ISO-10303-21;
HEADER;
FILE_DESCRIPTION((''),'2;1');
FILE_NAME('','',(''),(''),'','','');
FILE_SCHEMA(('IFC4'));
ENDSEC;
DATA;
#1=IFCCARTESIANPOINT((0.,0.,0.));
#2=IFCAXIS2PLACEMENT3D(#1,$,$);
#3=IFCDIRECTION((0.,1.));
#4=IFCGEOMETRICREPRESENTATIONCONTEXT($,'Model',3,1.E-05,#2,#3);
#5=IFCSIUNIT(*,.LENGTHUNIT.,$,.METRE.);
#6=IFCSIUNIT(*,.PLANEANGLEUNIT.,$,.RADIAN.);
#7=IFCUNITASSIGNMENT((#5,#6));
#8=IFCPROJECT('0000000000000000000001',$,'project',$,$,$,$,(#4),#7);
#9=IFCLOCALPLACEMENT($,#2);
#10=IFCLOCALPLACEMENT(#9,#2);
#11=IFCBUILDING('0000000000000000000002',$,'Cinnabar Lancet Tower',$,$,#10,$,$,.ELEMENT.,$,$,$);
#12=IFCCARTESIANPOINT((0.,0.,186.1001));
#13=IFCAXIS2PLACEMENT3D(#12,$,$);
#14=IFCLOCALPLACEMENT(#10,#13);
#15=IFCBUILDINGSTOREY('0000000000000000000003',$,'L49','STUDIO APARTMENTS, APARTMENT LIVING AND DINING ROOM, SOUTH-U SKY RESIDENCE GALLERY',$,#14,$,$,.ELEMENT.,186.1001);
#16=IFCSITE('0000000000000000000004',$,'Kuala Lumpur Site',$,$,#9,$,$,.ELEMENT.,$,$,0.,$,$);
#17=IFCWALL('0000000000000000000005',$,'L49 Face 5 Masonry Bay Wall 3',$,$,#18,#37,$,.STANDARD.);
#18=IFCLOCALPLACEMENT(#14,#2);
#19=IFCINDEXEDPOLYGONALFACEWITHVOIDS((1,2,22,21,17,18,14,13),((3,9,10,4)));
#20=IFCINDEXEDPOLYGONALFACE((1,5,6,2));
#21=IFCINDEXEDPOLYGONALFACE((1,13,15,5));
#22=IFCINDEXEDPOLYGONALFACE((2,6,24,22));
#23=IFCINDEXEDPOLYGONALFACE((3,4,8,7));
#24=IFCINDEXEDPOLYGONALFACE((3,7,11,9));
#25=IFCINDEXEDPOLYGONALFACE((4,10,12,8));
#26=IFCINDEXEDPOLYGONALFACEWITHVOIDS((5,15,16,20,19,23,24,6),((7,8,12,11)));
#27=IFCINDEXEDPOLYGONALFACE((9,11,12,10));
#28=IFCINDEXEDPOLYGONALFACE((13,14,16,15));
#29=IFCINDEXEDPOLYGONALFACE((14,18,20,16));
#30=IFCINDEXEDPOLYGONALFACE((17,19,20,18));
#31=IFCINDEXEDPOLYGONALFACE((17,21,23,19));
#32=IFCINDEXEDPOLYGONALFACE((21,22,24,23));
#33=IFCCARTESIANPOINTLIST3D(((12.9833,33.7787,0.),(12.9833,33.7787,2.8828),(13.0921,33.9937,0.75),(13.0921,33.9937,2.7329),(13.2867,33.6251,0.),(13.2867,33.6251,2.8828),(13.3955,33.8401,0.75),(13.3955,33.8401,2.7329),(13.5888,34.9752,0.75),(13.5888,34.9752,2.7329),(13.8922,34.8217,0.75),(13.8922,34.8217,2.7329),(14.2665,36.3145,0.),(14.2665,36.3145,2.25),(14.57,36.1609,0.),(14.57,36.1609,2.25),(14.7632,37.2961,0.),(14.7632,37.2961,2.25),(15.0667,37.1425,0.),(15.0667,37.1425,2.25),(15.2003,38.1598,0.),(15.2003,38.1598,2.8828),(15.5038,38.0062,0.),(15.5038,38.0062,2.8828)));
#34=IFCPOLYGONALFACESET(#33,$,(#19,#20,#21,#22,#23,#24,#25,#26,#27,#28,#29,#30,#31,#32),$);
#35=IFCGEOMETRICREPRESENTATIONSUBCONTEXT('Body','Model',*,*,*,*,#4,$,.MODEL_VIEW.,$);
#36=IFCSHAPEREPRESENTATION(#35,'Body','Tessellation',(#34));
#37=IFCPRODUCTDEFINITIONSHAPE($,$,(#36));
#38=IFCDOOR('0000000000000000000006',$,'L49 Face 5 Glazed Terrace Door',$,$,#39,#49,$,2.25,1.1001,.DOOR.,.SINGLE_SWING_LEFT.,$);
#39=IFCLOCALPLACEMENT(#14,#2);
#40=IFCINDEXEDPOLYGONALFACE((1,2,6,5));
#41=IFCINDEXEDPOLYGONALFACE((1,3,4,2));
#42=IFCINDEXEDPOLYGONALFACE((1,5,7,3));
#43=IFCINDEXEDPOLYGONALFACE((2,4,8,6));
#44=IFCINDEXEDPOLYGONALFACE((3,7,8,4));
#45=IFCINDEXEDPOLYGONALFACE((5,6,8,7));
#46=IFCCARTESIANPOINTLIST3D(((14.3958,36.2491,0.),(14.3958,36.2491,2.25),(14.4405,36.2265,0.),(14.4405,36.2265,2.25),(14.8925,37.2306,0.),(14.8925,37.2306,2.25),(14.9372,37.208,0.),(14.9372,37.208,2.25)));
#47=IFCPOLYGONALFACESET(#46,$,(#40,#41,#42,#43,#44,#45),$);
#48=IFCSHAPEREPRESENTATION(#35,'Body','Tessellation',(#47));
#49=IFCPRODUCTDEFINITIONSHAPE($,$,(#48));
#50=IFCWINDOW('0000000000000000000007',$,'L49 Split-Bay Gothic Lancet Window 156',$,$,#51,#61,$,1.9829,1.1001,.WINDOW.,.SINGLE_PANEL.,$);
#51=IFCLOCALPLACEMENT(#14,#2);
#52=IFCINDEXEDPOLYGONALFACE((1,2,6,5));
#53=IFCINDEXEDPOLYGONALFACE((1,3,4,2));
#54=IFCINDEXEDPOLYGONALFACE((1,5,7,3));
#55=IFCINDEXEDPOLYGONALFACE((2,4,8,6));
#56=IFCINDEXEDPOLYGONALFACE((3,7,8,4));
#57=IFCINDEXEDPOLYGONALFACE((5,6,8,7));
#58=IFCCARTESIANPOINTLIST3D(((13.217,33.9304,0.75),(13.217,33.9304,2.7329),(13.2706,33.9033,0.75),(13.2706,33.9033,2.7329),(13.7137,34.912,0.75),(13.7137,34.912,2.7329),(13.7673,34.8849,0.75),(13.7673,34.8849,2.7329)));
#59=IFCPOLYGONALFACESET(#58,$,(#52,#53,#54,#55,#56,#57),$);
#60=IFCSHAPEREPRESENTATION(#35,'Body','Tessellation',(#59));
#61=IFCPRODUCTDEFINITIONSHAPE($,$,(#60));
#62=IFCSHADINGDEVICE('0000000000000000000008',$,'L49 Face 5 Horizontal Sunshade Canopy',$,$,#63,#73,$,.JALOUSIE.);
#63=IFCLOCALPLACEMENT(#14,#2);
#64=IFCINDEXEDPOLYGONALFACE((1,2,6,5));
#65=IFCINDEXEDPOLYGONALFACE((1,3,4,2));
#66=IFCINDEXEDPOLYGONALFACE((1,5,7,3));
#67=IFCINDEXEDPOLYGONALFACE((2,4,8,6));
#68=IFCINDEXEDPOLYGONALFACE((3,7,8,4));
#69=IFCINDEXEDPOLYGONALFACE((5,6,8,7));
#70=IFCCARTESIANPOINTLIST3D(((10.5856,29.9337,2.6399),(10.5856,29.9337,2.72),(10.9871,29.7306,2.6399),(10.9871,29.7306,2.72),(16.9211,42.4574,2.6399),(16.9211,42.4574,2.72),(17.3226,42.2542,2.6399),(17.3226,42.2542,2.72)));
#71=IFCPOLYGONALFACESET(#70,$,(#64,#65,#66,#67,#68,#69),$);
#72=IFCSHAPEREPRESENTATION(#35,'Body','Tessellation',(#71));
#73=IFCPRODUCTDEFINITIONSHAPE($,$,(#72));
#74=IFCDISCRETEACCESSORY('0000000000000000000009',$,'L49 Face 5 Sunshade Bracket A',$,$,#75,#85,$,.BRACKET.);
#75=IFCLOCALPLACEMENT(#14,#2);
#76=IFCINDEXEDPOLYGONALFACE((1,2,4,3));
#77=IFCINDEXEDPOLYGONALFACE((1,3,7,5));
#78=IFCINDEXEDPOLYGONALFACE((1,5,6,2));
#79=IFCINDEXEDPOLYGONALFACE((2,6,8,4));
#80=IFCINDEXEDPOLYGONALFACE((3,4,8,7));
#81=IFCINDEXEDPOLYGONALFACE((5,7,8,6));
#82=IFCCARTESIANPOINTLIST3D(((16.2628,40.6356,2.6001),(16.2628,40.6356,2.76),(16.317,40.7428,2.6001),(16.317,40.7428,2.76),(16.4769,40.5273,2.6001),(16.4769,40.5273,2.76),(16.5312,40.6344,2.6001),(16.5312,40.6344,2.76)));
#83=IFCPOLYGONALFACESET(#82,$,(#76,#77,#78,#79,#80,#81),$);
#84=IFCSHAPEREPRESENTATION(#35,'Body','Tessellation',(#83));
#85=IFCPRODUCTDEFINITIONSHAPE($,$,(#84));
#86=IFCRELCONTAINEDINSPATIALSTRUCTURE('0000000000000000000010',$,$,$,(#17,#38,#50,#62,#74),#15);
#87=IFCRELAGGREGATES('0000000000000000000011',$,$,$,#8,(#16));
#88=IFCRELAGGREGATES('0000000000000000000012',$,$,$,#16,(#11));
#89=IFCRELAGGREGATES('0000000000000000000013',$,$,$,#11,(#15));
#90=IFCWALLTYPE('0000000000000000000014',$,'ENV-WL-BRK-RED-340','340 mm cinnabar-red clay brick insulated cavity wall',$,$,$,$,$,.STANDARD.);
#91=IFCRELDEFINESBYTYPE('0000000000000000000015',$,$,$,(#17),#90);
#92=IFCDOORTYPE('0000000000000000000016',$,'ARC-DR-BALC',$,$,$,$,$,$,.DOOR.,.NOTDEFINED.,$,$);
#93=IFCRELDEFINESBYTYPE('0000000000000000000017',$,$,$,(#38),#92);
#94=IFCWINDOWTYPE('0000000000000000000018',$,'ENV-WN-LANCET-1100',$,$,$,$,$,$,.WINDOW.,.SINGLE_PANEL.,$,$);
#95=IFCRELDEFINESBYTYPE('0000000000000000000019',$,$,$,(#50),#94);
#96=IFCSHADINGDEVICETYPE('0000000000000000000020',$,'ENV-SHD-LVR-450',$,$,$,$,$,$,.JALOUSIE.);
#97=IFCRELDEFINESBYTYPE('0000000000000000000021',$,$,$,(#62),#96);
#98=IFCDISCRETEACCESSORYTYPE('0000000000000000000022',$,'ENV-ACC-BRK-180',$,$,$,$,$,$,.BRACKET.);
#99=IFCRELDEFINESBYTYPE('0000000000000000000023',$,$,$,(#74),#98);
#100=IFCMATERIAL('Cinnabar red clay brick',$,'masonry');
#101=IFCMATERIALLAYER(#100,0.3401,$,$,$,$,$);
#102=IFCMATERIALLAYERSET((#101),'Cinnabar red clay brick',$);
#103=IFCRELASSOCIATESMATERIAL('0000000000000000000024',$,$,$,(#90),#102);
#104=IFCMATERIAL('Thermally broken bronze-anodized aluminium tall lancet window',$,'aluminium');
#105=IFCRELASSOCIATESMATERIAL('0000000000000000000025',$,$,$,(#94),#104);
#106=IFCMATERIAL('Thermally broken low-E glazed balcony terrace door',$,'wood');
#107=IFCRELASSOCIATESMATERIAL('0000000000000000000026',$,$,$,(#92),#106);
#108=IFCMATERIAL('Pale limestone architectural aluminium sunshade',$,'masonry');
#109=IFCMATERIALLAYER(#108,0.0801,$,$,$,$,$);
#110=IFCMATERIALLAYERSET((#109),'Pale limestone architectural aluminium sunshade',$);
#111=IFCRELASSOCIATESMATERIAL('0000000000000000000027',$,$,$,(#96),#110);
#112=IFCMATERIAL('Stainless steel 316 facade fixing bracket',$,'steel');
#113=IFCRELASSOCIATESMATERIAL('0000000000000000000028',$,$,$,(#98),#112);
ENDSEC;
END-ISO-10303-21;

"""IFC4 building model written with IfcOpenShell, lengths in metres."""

from ifc_helpers import new_model, si_unit, direction, frame, frame_2d, origin, origin_2d, place, context, subcontext, project, spatial, rectangle, extrude, material, layer, layer_set, type_object, element, fill, save


model = new_model("IFC4")

# Units and contexts
model_context = context("Model", 3, precision=1e-05, world=origin(), true_north=direction((0.0, 1.0)))
body_context = subcontext(model_context, "Body", "Model", "MODEL_VIEW")
ifc_project = project(units=[si_unit("LENGTHUNIT", "METRE"), si_unit("PLANEANGLEUNIT", "RADIAN")], contexts=[model_context])

# Site, building, storey
site_placement = place(None, origin())
site = spatial("IfcSite", under=ifc_project, at=site_placement, Name="Kuala Lumpur Site", CompositionType="ELEMENT", RefElevation=0.0)
building_placement = place(site_placement, origin())
building = spatial("IfcBuilding", under=site, at=building_placement, Name="Cinnabar Lancet Tower", CompositionType="ELEMENT")
storey_placement = place(building_placement, frame((0.0, 0.0, 186.1001)))
storey = spatial("IfcBuildingStorey", under=building, at=storey_placement, Name="L49", Description="STUDIO APARTMENTS, APARTMENT LIVING AND DINING ROOM, SOUTH-U SKY RESIDENCE GALLERY", CompositionType="ELEMENT", Elevation=186.1001)

# Shared definitions
ifc_material_1 = material(Name="Cinnabar red clay brick", Category="masonry")
ifc_layer_1 = layer(ifc_material_1, 0.3401)
ifc_layer_set_1 = layer_set([ifc_layer_1], Name="Cinnabar red clay brick")
wall_type_1 = type_object("IfcWallType", Name="ENV-WL-BRK-RED-340", Description="340 mm cinnabar-red clay brick insulated cavity wall", PredefinedType="STANDARD", material=ifc_layer_set_1)

# Shared definitions
ifc_material_2 = material(Name="Thermally broken bronze-anodized aluminium tall lancet window", Category="aluminium")
window_type = type_object("IfcWindowType", Name="ENV-WN-LANCET-1100", PartitioningType="SINGLE_PANEL", PredefinedType="WINDOW", material=ifc_material_2)

# Wall, openings, door, window
wall_1_placement = place(storey_placement, frame((15.3521, 38.083, 0.0), z_axis=(0.0, 0.0, 1.0), x_axis=(-0.451524, -0.892259, 0.0)))
wall_1 = element("IfcWall", 1, at=wall_1_placement, inside=storey, type_object=wall_type_1, Name="L49 Face 5 Masonry Bay Wall 3", PredefinedType="STANDARD", context=body_context, shape_type="SweptSolid", body=[
    extrude(rectangle(XDim=4.9102, YDim=0.3401, at=frame_2d((2.4551, 0.0))), origin(), (0.0, 0.0, 1.0), 2.8828),
])
opening_1_placement = place(wall_1_placement, frame((0.968, 0.0, 0.0)))
opening_1 = element("IfcOpeningElement", 2, at=opening_1_placement, cuts=wall_1, PredefinedType="OPENING", context=body_context, shape_type="SweptSolid", body=[
    extrude(rectangle(XDim=1.1001, YDim=2.25, at=frame_2d((0.55, 1.125))), frame((0.0, 0.1799, 0.0), z_axis=(0.0, -1.0, 0.0), x_axis=(1.0, 0.0, 0.0)), (0.0, 0.0, 1.0), 0.3601),
])
opening_2_placement = place(wall_1_placement, frame((3.5691, 0.0, 0.75)))
opening_2 = element("IfcOpeningElement", 3, at=opening_2_placement, cuts=wall_1, PredefinedType="OPENING", context=body_context, shape_type="SweptSolid", body=[
    extrude(rectangle(XDim=1.1001, YDim=1.9829, at=frame_2d((0.55, 0.9915))), frame((0.0, 0.1799, 0.0), z_axis=(0.0, -1.0, 0.0), x_axis=(1.0, 0.0, 0.0)), (0.0, 0.0, 1.0), 0.3601),
])
ifc_material_3 = material(Name="Thermally broken low-E glazed balcony terrace door", Category="wood")
door_type_1 = type_object("IfcDoorType", Name="ARC-DR-BALC", OperationType="NOTDEFINED", PredefinedType="DOOR", material=ifc_material_3)
door_1_placement = place(opening_1_placement, origin())
door_1 = element("IfcDoor", 4, at=door_1_placement, inside=storey, type_object=door_type_1, Name="L49 Face 5 Glazed Terrace Door", OperationType="SINGLE_SWING_LEFT", OverallHeight=2.25, OverallWidth=1.1001, PredefinedType="DOOR", context=body_context, shape_type="SweptSolid", body=[
    extrude(rectangle(XDim=1.1001, YDim=2.25, at=frame_2d((0.55, 1.125))), frame((0.0, 0.0249, 0.0), z_axis=(0.0, -1.0, 0.0), x_axis=(1.0, 0.0, 0.0)), (0.0, 0.0, 1.0), 0.05),
])
fill(opening_1, door_1)
window_1_placement = place(opening_2_placement, origin())
window_1 = element("IfcWindow", 5, at=window_1_placement, inside=storey, type_object=window_type, Name="L49 Split-Bay Gothic Lancet Window 156", OverallHeight=1.9829, OverallWidth=1.1001, PartitioningType="SINGLE_PANEL", PredefinedType="WINDOW", context=body_context, shape_type="SweptSolid", body=[
    extrude(rectangle(XDim=1.1001, YDim=1.9829, at=frame_2d((0.55, 0.9915))), frame((0.0, 0.03, 0.0), z_axis=(0.0, -1.0, 0.0), x_axis=(1.0, 0.0, 0.0)), (0.0, 0.0, 1.0), 0.0601),
])
fill(opening_2, window_1)

# Shading device
ifc_material_4 = material(Name="Pale limestone architectural aluminium sunshade", Category="masonry")
ifc_layer_2 = layer(ifc_material_4, 0.0801)
ifc_layer_set_2 = layer_set([ifc_layer_2], Name="Pale limestone architectural aluminium sunshade")
shading_device_type = type_object("IfcShadingDeviceType", Name="ENV-SHD-LVR-450", PredefinedType="JALOUSIE", material=ifc_layer_set_2)
shading_device_placement = place(storey_placement, frame((13.9541, 36.094, 2.6399), z_axis=(0.0, 0.0, 1.0), x_axis=(-0.451407, -0.892318, 0.0)))
element("IfcShadingDevice", 6, at=shading_device_placement, inside=storey, type_object=shading_device_type, Name="L49 Face 5 Horizontal Sunshade Canopy", PredefinedType="JALOUSIE", context=body_context, shape_type="SweptSolid", body=[
    extrude(rectangle(XDim=14.0349, YDim=0.45, at=origin_2d()), origin(), (0.0, 0.0, 1.0), 0.0801),
])

# Discrete accessory
ifc_material_5 = material(Name="Stainless steel 316 facade fixing bracket", Category="steel")
discrete_accessory_type = type_object("IfcDiscreteAccessoryType", Name="ENV-ACC-BRK-180", PredefinedType="BRACKET", material=ifc_material_5)
discrete_accessory_placement = place(storey_placement, frame((16.397, 40.635, 2.6001), z_axis=(0.0, 0.0, 1.0), x_axis=(-0.451407, -0.892318, 0.0)))
element("IfcDiscreteAccessory", 7, at=discrete_accessory_placement, inside=storey, type_object=discrete_accessory_type, Name="L49 Face 5 Sunshade Bracket A", PredefinedType="BRACKET", context=body_context, shape_type="SweptSolid", body=[
    extrude(rectangle(XDim=0.1201, YDim=0.24, at=origin_2d()), origin(), (0.0, 0.0, 1.0), 0.1599),
])

save(model, "model.ifc")
